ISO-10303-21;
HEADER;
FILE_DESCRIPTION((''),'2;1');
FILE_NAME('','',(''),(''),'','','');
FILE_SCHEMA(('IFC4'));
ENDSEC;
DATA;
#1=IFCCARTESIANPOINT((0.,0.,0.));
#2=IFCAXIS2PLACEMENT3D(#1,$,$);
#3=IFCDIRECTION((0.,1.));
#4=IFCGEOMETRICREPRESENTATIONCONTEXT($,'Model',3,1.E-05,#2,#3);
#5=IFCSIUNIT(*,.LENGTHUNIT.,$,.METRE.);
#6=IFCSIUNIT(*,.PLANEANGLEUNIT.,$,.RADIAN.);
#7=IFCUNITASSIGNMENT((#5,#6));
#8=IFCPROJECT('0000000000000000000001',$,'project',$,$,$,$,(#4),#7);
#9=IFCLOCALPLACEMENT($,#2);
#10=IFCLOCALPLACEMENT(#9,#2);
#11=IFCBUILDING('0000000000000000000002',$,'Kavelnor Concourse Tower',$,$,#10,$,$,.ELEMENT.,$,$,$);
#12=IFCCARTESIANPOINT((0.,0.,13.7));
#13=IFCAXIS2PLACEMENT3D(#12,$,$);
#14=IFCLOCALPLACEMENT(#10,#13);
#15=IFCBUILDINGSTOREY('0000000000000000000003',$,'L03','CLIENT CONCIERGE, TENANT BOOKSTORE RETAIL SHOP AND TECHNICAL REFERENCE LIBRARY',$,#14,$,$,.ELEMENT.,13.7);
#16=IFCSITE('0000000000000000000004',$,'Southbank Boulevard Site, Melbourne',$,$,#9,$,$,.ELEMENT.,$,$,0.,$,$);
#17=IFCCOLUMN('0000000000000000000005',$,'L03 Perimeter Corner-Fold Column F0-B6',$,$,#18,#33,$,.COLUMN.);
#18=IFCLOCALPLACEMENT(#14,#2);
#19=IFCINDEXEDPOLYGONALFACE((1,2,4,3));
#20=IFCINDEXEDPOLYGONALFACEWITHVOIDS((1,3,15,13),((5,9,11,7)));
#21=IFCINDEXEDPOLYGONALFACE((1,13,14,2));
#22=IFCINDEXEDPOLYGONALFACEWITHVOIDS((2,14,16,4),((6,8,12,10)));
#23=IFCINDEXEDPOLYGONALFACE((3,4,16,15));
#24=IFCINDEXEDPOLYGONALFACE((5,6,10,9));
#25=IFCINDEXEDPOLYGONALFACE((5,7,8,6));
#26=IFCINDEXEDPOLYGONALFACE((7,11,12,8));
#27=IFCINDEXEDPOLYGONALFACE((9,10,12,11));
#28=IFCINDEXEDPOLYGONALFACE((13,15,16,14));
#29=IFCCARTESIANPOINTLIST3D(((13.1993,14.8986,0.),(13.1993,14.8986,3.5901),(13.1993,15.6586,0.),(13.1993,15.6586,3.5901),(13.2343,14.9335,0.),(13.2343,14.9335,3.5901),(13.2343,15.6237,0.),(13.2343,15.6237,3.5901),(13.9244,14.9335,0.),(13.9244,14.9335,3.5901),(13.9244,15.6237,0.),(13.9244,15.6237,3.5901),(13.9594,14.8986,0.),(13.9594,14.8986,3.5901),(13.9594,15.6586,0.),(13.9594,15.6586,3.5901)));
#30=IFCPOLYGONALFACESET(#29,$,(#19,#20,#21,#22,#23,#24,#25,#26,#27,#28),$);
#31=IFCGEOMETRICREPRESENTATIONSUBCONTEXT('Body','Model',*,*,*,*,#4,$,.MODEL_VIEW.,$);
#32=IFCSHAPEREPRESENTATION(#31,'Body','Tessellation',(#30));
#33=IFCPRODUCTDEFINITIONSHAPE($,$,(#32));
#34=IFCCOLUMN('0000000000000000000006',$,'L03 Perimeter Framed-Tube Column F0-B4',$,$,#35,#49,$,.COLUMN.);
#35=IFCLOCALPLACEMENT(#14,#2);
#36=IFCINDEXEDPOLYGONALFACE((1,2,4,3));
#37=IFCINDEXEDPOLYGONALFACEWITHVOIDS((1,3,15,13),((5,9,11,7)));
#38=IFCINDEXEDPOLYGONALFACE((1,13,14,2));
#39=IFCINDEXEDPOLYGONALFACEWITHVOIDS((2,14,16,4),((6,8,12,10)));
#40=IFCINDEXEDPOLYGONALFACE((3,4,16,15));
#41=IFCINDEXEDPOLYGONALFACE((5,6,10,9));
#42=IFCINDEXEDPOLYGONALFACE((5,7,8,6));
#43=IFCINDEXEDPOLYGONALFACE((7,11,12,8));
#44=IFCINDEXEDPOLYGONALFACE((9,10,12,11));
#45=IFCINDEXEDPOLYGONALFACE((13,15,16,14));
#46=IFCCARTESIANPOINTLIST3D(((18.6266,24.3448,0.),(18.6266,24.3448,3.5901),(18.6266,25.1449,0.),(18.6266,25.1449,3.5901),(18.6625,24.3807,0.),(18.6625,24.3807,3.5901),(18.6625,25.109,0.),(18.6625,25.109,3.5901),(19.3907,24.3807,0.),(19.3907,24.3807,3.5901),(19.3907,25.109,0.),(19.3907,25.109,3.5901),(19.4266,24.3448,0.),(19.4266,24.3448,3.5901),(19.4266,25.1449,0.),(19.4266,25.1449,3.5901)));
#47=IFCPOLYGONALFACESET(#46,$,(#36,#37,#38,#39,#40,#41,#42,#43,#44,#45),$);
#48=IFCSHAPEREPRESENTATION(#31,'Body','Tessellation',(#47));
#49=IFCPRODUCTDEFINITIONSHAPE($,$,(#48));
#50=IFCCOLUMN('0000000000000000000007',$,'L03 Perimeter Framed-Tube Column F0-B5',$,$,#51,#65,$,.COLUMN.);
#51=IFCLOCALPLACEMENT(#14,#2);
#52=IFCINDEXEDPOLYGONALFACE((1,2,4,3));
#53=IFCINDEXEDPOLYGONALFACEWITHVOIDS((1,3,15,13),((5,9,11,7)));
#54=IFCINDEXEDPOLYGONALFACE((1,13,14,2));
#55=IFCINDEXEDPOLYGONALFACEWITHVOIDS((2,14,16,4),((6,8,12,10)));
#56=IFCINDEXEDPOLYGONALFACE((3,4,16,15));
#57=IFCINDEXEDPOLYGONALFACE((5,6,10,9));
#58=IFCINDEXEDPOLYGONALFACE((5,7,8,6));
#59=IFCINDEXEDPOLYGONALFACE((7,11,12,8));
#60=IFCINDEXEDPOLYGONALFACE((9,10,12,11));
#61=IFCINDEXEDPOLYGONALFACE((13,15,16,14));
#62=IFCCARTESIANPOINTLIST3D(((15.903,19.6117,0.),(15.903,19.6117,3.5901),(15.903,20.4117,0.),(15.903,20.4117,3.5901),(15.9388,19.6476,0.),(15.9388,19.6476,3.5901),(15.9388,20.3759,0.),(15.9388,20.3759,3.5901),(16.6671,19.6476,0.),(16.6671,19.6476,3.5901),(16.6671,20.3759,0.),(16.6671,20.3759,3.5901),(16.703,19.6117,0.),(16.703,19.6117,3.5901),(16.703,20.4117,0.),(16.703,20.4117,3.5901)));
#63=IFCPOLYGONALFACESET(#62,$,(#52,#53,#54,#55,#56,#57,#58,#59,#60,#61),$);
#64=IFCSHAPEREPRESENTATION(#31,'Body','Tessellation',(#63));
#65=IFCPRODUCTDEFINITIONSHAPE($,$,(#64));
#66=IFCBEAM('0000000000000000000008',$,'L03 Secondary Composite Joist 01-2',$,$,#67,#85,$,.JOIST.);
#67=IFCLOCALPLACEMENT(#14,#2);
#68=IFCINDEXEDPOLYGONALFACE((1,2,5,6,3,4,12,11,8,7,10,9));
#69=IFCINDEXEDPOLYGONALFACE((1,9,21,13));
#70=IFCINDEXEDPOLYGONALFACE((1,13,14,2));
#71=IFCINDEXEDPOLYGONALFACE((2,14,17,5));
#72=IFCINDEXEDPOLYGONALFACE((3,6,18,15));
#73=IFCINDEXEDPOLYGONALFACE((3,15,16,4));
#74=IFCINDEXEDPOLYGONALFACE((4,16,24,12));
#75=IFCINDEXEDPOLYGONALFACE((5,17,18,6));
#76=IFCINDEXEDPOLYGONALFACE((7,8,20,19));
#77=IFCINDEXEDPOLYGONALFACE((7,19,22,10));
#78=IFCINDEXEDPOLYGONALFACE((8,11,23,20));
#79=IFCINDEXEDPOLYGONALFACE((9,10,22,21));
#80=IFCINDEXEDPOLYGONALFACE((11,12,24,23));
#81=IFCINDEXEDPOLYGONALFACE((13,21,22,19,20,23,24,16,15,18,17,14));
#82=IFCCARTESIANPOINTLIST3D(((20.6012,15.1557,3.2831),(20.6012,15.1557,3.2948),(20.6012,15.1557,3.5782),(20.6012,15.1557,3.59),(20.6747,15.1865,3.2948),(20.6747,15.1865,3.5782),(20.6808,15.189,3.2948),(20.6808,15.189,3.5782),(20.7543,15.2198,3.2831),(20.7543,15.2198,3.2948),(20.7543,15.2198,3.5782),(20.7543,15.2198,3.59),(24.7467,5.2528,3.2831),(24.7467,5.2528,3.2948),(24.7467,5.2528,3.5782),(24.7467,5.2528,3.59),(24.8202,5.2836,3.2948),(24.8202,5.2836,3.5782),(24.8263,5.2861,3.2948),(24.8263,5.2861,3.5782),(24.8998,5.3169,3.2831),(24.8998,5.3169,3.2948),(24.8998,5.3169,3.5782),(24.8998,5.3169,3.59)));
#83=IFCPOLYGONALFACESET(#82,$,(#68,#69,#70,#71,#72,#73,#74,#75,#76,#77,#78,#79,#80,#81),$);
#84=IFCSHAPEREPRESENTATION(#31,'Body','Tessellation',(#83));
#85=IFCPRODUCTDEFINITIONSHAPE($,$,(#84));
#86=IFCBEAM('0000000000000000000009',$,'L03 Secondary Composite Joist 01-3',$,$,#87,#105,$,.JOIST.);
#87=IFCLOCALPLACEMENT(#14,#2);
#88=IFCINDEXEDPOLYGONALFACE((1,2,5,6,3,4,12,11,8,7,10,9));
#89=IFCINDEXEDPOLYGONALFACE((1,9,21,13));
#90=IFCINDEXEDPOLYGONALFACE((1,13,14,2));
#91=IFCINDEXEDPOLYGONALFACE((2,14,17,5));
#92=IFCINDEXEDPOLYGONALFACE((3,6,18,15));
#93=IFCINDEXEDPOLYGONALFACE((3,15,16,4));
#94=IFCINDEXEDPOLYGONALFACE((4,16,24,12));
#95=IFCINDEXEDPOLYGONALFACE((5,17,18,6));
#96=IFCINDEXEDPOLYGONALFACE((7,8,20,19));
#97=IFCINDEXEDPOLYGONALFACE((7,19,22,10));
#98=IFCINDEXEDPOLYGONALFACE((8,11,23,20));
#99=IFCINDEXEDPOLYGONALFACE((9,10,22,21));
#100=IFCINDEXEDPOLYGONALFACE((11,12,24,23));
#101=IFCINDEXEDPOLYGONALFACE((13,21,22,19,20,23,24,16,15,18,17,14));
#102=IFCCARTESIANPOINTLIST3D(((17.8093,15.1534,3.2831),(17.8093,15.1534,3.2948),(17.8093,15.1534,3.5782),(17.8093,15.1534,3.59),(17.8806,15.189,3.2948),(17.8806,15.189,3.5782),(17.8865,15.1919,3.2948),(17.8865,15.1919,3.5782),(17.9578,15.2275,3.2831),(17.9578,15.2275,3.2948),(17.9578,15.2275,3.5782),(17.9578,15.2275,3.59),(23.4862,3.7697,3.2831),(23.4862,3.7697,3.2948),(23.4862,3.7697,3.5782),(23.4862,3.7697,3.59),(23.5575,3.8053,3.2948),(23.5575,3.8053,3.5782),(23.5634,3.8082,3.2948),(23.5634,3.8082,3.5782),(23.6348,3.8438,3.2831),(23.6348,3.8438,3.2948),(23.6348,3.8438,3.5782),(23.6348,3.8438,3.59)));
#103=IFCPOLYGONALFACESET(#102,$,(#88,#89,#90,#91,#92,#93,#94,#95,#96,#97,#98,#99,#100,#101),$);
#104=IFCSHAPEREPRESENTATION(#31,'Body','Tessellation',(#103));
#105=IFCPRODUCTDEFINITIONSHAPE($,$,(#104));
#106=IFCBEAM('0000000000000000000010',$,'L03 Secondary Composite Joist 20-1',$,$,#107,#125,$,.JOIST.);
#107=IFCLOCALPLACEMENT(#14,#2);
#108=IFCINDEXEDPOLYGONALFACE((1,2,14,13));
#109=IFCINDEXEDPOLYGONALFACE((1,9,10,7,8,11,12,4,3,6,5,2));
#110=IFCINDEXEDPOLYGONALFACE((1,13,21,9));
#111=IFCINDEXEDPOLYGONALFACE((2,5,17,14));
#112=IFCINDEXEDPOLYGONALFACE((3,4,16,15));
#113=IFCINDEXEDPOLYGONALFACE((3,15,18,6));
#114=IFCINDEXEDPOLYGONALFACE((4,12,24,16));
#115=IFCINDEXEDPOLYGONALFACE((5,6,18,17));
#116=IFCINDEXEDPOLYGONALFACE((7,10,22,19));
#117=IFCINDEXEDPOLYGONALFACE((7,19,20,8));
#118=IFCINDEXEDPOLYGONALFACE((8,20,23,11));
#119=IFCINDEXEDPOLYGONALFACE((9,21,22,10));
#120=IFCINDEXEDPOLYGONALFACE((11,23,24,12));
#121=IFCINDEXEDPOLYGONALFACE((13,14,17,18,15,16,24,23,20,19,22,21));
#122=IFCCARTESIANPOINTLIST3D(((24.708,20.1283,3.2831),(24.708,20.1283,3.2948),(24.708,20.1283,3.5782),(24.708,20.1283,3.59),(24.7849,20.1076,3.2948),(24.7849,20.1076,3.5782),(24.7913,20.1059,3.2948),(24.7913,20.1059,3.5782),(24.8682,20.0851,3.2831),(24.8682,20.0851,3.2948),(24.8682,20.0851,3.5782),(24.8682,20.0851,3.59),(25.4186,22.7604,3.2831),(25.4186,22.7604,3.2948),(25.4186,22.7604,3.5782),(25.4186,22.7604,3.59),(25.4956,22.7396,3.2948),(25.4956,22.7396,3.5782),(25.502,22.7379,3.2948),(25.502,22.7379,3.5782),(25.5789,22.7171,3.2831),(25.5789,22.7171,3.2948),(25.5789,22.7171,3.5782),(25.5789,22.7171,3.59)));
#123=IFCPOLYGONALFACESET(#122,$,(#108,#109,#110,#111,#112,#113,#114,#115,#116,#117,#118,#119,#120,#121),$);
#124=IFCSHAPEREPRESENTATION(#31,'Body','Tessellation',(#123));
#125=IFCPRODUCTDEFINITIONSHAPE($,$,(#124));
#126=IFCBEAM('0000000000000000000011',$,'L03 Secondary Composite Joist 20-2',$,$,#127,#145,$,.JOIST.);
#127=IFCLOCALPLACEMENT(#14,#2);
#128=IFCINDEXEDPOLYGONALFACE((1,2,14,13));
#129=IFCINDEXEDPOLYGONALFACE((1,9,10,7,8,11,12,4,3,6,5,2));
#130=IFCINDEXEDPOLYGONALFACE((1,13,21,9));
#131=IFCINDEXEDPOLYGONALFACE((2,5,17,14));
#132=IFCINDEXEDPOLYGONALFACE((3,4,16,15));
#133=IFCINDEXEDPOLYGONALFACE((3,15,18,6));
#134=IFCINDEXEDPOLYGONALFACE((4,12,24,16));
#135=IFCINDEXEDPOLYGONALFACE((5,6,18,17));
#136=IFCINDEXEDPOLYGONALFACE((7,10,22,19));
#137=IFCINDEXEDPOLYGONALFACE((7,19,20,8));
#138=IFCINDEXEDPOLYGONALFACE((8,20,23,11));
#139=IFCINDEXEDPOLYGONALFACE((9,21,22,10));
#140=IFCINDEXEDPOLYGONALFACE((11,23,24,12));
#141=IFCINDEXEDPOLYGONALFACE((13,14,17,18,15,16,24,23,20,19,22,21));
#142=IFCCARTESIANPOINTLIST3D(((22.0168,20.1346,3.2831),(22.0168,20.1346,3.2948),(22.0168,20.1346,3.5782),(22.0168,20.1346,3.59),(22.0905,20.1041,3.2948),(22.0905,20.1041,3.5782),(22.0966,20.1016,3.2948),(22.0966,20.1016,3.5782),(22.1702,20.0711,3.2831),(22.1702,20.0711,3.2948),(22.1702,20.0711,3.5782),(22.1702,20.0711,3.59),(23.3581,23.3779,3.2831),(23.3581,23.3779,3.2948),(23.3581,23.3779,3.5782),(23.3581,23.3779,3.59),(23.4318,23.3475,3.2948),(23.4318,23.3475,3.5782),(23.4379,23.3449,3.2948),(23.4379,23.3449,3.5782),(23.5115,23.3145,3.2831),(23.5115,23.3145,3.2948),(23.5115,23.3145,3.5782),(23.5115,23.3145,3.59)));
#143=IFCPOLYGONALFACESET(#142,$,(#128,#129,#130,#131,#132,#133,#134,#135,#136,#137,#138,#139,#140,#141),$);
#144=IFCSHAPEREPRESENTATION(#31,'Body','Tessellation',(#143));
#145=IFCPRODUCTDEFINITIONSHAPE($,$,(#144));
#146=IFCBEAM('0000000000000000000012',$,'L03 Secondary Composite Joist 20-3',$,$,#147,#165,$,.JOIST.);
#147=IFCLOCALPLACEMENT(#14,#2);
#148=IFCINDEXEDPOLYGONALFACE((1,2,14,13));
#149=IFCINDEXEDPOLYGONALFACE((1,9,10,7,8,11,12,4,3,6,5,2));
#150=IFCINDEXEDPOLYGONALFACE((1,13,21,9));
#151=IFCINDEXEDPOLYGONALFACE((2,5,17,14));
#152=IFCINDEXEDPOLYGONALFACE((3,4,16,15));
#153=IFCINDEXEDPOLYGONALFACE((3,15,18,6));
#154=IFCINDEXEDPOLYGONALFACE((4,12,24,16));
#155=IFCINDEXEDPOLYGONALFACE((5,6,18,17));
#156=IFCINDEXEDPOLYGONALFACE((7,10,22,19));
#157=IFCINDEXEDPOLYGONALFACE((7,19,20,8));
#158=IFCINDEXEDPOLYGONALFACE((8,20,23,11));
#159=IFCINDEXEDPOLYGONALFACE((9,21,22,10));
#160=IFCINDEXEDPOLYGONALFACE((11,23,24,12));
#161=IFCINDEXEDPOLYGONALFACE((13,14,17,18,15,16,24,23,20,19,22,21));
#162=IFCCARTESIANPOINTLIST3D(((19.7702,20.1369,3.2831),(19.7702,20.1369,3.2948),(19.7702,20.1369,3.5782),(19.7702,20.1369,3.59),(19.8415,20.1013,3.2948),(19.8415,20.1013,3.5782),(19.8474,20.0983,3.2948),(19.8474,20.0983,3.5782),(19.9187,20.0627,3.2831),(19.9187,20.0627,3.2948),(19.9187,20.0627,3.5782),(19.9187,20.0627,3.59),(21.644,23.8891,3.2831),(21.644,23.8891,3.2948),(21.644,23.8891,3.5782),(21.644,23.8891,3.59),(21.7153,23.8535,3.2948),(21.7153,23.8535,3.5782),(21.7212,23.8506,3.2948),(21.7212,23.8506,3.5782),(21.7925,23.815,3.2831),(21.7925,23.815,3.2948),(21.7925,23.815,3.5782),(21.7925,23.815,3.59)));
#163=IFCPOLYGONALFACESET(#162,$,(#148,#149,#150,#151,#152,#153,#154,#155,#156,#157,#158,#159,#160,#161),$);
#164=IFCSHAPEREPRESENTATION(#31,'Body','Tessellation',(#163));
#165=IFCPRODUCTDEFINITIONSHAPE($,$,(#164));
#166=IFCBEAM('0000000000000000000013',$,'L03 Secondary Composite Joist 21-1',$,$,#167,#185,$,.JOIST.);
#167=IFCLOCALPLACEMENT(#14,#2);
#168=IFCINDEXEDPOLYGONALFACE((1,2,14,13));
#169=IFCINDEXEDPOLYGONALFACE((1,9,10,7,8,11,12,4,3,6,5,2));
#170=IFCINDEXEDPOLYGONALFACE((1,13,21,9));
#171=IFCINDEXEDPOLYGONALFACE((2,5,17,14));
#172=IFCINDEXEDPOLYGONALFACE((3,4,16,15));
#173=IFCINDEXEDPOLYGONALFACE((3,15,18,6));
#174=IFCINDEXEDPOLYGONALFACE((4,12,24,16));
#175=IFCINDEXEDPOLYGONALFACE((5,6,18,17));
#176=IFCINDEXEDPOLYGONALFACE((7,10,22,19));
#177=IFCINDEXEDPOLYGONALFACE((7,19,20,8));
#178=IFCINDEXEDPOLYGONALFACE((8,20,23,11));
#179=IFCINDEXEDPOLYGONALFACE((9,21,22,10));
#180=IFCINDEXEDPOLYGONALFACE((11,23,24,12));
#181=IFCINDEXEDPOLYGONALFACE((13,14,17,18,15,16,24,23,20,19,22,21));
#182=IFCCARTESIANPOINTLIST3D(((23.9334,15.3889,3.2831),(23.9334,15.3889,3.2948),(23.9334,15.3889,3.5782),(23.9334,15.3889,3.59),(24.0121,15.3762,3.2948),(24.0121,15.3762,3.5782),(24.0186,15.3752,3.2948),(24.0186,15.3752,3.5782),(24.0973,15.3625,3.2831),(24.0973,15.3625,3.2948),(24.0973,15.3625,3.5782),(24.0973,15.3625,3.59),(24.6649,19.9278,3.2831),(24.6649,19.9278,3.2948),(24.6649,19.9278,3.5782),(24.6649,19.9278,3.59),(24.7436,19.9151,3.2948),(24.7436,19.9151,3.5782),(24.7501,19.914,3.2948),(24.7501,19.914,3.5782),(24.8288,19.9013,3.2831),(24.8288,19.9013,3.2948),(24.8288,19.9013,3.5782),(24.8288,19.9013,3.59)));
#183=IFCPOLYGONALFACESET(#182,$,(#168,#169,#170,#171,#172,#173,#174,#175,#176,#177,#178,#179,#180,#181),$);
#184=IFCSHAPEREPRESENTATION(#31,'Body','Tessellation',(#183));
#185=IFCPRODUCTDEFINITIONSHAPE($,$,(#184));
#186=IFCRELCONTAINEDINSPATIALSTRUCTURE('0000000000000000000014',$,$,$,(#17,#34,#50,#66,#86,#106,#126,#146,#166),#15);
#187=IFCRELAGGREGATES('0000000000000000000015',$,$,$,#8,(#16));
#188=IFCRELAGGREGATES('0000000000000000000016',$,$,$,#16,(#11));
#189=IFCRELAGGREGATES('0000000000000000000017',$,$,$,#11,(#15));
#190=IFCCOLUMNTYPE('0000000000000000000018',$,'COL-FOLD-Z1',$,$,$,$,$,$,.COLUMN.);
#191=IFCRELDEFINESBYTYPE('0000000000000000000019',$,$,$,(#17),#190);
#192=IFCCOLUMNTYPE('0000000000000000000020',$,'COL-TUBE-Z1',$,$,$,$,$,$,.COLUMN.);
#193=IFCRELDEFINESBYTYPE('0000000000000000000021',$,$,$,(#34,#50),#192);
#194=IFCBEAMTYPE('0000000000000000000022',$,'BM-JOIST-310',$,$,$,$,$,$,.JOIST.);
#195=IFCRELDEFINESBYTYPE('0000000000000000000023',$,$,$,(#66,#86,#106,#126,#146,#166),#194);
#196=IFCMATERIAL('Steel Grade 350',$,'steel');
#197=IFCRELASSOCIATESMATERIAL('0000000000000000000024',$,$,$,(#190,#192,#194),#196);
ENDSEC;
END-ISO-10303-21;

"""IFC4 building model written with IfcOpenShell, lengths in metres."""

from ifc_helpers import new_model, si_unit, direction, frame, origin, origin_2d, place, context, subcontext, project, spatial, hollow_rectangle, i_section, extrude, material, material_profile, profile_set, type_object, element, save


model = new_model("IFC4")

# Units and contexts
model_context = context("Model", 3, precision=1e-05, world=origin(), true_north=direction((0.0, 1.0)))
body_context = subcontext(model_context, "Body", "Model", "MODEL_VIEW")
ifc_project = project(units=[si_unit("LENGTHUNIT", "METRE"), si_unit("PLANEANGLEUNIT", "RADIAN")], contexts=[model_context])

# Site, building, storey
site_placement = place(None, origin())
site = spatial("IfcSite", under=ifc_project, at=site_placement, Name="Southbank Boulevard Site, Melbourne", CompositionType="ELEMENT", RefElevation=0.0)
building_placement = place(site_placement, origin())
building = spatial("IfcBuilding", under=site, at=building_placement, Name="Kavelnor Concourse Tower", CompositionType="ELEMENT")
storey_placement = place(building_placement, frame((0.0, 0.0, 13.7)))
storey = spatial("IfcBuildingStorey", under=building, at=storey_placement, Name="L03", Description="CLIENT CONCIERGE, TENANT BOOKSTORE RETAIL SHOP AND TECHNICAL REFERENCE LIBRARY", CompositionType="ELEMENT", Elevation=13.7)

# Columns
ifc_material_1 = material(Name="Steel Grade 350", Category="steel")
ifc_material_profile_1 = material_profile(ifc_material_1, hollow_rectangle(XDim=0.76, YDim=0.76, WallThickness=0.0349, at=origin_2d()), Name="SHS 760x760x35")
ifc_profile_set_1 = profile_set([ifc_material_profile_1], Name="Steel Grade 350")
column_type_1 = type_object("IfcColumnType", Name="COL-FOLD-Z1", PredefinedType="COLUMN", material=ifc_profile_set_1)
column_placement = place(storey_placement, frame((13.5793, 15.2786, 0.0), z_axis=(0.0, 0.0, 1.0), x_axis=(1.0, 0.0, 0.0)))
element("IfcColumn", 1, at=column_placement, inside=storey, type_object=column_type_1, Name="L03 Perimeter Corner-Fold Column F0-B6", PredefinedType="COLUMN", context=body_context, shape_type="SweptSolid", body=[
    extrude(hollow_rectangle(XDim=0.76, YDim=0.76, WallThickness=0.0349, at=origin_2d()), origin(), (0.0, 0.0, 1.0), 3.5901),
])
ifc_material_profile_2 = material_profile(ifc_material_1, hollow_rectangle(XDim=0.8, YDim=0.8, WallThickness=0.0359, at=origin_2d()), Name="SHS 800x800x36")
ifc_profile_set_2 = profile_set([ifc_material_profile_2], Name="Steel Grade 350")
column_type_2 = type_object("IfcColumnType", Name="COL-TUBE-Z1", PredefinedType="COLUMN", material=ifc_profile_set_2)
for number, where, z_axis, x_axis, name in (
    (2, (19.0266, 24.7449, 0.0), (0.0, 0.0, 1.0), (1.0, 0.0, 0.0), "L03 Perimeter Framed-Tube Column F0-B4"),
    (3, (16.303, 20.0117, 0.0), (0.0, 0.0, 1.0), (1.0, 0.0, 0.0), "L03 Perimeter Framed-Tube Column F0-B5"),
):
    element("IfcColumn", number, at=place(storey_placement, frame(where, z_axis=z_axis, x_axis=x_axis)), inside=storey, type_object=column_type_2, Name=name, PredefinedType="COLUMN", context=body_context, shape_type="SweptSolid", body=[
        extrude(hollow_rectangle(XDim=0.8, YDim=0.8, WallThickness=0.0359, at=origin_2d()), origin(), (0.0, 0.0, 1.0), 3.5901),
    ])

# Beams
ifc_material_profile_3 = material_profile(ifc_material_1, i_section(OverallWidth=0.166, OverallDepth=0.3069, WebThickness=0.0066, FlangeThickness=0.0117, at=origin_2d()), Name="310UB46")
ifc_profile_set_3 = profile_set([ifc_material_profile_3], Name="Steel Grade 350")
beam_type_1 = type_object("IfcBeamType", Name="BM-JOIST-310", PredefinedType="JOIST", material=ifc_profile_set_3)
beam_1_placement = place(storey_placement, frame((20.6777, 15.1877, 3.4365), z_axis=(0.386149, -0.922436, 0.0), x_axis=(0.922436, 0.386149, 0.0)))
element("IfcBeam", 4, at=beam_1_placement, inside=storey, type_object=beam_type_1, Name="L03 Secondary Composite Joist 01-2", PredefinedType="JOIST", context=body_context, shape_type="SweptSolid", body=[
    extrude(i_section(OverallWidth=0.166, OverallDepth=0.3069, WebThickness=0.0066, FlangeThickness=0.0117, at=origin_2d()), origin(), (0.0, 0.0, 1.0), 10.7356),
])
beam_2_placement = place(storey_placement, frame((17.8835, 15.1904, 3.4365), z_axis=(0.446277, -0.894895, 0.0), x_axis=(0.894895, 0.446277, 0.0)))
element("IfcBeam", 5, at=beam_2_placement, inside=storey, type_object=beam_type_1, Name="L03 Secondary Composite Joist 01-3", PredefinedType="JOIST", context=body_context, shape_type="SweptSolid", body=[
    extrude(i_section(OverallWidth=0.166, OverallDepth=0.3069, WebThickness=0.0066, FlangeThickness=0.0117, at=origin_2d()), origin(), (0.0, 0.0, 1.0), 12.7207),
])
beam_3_placement = place(storey_placement, frame((25.4988, 22.7388, 3.4365), z_axis=(-0.260677, -0.965426, 0.0), x_axis=(0.965426, -0.260677, 0.0)))
element("IfcBeam", 6, at=beam_3_placement, inside=storey, type_object=beam_type_1, Name="L03 Secondary Composite Joist 20-1", PredefinedType="JOIST", context=body_context, shape_type="SweptSolid", body=[
    extrude(i_section(OverallWidth=0.166, OverallDepth=0.3069, WebThickness=0.0066, FlangeThickness=0.0117, at=origin_2d()), origin(), (0.0, 0.0, 1.0), 2.7263),
])
beam_4_placement = place(storey_placement, frame((23.4348, 23.3462, 3.4365), z_axis=(-0.382159, -0.924096, 0.0), x_axis=(0.924096, -0.382159, 0.0)))
element("IfcBeam", 7, at=beam_4_placement, inside=storey, type_object=beam_type_1, Name="L03 Secondary Composite Joist 20-2", PredefinedType="JOIST", context=body_context, shape_type="SweptSolid", body=[
    extrude(i_section(OverallWidth=0.166, OverallDepth=0.3069, WebThickness=0.0066, FlangeThickness=0.0117, at=origin_2d()), origin(), (0.0, 0.0, 1.0), 3.5098),
])
beam_5_placement = place(storey_placement, frame((21.7183, 23.8521, 3.4365), z_axis=(-0.446771, -0.894648, 0.0), x_axis=(0.894648, -0.446771, 0.0)))
element("IfcBeam", 8, at=beam_5_placement, inside=storey, type_object=beam_type_1, Name="L03 Secondary Composite Joist 20-3", PredefinedType="JOIST", context=body_context, shape_type="SweptSolid", body=[
    extrude(i_section(OverallWidth=0.166, OverallDepth=0.3069, WebThickness=0.0066, FlangeThickness=0.0117, at=origin_2d()), origin(), (0.0, 0.0, 1.0), 4.1941),
])
beam_6_placement = place(storey_placement, frame((24.7468, 19.9146, 3.4365), z_axis=(-0.159101, -0.987262, 0.0), x_axis=(0.987262, -0.159101, 0.0)))
element("IfcBeam", 9, at=beam_6_placement, inside=storey, type_object=beam_type_1, Name="L03 Secondary Composite Joist 21-1", PredefinedType="JOIST", context=body_context, shape_type="SweptSolid", body=[
    extrude(i_section(OverallWidth=0.166, OverallDepth=0.3069, WebThickness=0.0066, FlangeThickness=0.0117, at=origin_2d()), origin(), (0.0, 0.0, 1.0), 4.5974),
])

save(model, "model.ifc")
